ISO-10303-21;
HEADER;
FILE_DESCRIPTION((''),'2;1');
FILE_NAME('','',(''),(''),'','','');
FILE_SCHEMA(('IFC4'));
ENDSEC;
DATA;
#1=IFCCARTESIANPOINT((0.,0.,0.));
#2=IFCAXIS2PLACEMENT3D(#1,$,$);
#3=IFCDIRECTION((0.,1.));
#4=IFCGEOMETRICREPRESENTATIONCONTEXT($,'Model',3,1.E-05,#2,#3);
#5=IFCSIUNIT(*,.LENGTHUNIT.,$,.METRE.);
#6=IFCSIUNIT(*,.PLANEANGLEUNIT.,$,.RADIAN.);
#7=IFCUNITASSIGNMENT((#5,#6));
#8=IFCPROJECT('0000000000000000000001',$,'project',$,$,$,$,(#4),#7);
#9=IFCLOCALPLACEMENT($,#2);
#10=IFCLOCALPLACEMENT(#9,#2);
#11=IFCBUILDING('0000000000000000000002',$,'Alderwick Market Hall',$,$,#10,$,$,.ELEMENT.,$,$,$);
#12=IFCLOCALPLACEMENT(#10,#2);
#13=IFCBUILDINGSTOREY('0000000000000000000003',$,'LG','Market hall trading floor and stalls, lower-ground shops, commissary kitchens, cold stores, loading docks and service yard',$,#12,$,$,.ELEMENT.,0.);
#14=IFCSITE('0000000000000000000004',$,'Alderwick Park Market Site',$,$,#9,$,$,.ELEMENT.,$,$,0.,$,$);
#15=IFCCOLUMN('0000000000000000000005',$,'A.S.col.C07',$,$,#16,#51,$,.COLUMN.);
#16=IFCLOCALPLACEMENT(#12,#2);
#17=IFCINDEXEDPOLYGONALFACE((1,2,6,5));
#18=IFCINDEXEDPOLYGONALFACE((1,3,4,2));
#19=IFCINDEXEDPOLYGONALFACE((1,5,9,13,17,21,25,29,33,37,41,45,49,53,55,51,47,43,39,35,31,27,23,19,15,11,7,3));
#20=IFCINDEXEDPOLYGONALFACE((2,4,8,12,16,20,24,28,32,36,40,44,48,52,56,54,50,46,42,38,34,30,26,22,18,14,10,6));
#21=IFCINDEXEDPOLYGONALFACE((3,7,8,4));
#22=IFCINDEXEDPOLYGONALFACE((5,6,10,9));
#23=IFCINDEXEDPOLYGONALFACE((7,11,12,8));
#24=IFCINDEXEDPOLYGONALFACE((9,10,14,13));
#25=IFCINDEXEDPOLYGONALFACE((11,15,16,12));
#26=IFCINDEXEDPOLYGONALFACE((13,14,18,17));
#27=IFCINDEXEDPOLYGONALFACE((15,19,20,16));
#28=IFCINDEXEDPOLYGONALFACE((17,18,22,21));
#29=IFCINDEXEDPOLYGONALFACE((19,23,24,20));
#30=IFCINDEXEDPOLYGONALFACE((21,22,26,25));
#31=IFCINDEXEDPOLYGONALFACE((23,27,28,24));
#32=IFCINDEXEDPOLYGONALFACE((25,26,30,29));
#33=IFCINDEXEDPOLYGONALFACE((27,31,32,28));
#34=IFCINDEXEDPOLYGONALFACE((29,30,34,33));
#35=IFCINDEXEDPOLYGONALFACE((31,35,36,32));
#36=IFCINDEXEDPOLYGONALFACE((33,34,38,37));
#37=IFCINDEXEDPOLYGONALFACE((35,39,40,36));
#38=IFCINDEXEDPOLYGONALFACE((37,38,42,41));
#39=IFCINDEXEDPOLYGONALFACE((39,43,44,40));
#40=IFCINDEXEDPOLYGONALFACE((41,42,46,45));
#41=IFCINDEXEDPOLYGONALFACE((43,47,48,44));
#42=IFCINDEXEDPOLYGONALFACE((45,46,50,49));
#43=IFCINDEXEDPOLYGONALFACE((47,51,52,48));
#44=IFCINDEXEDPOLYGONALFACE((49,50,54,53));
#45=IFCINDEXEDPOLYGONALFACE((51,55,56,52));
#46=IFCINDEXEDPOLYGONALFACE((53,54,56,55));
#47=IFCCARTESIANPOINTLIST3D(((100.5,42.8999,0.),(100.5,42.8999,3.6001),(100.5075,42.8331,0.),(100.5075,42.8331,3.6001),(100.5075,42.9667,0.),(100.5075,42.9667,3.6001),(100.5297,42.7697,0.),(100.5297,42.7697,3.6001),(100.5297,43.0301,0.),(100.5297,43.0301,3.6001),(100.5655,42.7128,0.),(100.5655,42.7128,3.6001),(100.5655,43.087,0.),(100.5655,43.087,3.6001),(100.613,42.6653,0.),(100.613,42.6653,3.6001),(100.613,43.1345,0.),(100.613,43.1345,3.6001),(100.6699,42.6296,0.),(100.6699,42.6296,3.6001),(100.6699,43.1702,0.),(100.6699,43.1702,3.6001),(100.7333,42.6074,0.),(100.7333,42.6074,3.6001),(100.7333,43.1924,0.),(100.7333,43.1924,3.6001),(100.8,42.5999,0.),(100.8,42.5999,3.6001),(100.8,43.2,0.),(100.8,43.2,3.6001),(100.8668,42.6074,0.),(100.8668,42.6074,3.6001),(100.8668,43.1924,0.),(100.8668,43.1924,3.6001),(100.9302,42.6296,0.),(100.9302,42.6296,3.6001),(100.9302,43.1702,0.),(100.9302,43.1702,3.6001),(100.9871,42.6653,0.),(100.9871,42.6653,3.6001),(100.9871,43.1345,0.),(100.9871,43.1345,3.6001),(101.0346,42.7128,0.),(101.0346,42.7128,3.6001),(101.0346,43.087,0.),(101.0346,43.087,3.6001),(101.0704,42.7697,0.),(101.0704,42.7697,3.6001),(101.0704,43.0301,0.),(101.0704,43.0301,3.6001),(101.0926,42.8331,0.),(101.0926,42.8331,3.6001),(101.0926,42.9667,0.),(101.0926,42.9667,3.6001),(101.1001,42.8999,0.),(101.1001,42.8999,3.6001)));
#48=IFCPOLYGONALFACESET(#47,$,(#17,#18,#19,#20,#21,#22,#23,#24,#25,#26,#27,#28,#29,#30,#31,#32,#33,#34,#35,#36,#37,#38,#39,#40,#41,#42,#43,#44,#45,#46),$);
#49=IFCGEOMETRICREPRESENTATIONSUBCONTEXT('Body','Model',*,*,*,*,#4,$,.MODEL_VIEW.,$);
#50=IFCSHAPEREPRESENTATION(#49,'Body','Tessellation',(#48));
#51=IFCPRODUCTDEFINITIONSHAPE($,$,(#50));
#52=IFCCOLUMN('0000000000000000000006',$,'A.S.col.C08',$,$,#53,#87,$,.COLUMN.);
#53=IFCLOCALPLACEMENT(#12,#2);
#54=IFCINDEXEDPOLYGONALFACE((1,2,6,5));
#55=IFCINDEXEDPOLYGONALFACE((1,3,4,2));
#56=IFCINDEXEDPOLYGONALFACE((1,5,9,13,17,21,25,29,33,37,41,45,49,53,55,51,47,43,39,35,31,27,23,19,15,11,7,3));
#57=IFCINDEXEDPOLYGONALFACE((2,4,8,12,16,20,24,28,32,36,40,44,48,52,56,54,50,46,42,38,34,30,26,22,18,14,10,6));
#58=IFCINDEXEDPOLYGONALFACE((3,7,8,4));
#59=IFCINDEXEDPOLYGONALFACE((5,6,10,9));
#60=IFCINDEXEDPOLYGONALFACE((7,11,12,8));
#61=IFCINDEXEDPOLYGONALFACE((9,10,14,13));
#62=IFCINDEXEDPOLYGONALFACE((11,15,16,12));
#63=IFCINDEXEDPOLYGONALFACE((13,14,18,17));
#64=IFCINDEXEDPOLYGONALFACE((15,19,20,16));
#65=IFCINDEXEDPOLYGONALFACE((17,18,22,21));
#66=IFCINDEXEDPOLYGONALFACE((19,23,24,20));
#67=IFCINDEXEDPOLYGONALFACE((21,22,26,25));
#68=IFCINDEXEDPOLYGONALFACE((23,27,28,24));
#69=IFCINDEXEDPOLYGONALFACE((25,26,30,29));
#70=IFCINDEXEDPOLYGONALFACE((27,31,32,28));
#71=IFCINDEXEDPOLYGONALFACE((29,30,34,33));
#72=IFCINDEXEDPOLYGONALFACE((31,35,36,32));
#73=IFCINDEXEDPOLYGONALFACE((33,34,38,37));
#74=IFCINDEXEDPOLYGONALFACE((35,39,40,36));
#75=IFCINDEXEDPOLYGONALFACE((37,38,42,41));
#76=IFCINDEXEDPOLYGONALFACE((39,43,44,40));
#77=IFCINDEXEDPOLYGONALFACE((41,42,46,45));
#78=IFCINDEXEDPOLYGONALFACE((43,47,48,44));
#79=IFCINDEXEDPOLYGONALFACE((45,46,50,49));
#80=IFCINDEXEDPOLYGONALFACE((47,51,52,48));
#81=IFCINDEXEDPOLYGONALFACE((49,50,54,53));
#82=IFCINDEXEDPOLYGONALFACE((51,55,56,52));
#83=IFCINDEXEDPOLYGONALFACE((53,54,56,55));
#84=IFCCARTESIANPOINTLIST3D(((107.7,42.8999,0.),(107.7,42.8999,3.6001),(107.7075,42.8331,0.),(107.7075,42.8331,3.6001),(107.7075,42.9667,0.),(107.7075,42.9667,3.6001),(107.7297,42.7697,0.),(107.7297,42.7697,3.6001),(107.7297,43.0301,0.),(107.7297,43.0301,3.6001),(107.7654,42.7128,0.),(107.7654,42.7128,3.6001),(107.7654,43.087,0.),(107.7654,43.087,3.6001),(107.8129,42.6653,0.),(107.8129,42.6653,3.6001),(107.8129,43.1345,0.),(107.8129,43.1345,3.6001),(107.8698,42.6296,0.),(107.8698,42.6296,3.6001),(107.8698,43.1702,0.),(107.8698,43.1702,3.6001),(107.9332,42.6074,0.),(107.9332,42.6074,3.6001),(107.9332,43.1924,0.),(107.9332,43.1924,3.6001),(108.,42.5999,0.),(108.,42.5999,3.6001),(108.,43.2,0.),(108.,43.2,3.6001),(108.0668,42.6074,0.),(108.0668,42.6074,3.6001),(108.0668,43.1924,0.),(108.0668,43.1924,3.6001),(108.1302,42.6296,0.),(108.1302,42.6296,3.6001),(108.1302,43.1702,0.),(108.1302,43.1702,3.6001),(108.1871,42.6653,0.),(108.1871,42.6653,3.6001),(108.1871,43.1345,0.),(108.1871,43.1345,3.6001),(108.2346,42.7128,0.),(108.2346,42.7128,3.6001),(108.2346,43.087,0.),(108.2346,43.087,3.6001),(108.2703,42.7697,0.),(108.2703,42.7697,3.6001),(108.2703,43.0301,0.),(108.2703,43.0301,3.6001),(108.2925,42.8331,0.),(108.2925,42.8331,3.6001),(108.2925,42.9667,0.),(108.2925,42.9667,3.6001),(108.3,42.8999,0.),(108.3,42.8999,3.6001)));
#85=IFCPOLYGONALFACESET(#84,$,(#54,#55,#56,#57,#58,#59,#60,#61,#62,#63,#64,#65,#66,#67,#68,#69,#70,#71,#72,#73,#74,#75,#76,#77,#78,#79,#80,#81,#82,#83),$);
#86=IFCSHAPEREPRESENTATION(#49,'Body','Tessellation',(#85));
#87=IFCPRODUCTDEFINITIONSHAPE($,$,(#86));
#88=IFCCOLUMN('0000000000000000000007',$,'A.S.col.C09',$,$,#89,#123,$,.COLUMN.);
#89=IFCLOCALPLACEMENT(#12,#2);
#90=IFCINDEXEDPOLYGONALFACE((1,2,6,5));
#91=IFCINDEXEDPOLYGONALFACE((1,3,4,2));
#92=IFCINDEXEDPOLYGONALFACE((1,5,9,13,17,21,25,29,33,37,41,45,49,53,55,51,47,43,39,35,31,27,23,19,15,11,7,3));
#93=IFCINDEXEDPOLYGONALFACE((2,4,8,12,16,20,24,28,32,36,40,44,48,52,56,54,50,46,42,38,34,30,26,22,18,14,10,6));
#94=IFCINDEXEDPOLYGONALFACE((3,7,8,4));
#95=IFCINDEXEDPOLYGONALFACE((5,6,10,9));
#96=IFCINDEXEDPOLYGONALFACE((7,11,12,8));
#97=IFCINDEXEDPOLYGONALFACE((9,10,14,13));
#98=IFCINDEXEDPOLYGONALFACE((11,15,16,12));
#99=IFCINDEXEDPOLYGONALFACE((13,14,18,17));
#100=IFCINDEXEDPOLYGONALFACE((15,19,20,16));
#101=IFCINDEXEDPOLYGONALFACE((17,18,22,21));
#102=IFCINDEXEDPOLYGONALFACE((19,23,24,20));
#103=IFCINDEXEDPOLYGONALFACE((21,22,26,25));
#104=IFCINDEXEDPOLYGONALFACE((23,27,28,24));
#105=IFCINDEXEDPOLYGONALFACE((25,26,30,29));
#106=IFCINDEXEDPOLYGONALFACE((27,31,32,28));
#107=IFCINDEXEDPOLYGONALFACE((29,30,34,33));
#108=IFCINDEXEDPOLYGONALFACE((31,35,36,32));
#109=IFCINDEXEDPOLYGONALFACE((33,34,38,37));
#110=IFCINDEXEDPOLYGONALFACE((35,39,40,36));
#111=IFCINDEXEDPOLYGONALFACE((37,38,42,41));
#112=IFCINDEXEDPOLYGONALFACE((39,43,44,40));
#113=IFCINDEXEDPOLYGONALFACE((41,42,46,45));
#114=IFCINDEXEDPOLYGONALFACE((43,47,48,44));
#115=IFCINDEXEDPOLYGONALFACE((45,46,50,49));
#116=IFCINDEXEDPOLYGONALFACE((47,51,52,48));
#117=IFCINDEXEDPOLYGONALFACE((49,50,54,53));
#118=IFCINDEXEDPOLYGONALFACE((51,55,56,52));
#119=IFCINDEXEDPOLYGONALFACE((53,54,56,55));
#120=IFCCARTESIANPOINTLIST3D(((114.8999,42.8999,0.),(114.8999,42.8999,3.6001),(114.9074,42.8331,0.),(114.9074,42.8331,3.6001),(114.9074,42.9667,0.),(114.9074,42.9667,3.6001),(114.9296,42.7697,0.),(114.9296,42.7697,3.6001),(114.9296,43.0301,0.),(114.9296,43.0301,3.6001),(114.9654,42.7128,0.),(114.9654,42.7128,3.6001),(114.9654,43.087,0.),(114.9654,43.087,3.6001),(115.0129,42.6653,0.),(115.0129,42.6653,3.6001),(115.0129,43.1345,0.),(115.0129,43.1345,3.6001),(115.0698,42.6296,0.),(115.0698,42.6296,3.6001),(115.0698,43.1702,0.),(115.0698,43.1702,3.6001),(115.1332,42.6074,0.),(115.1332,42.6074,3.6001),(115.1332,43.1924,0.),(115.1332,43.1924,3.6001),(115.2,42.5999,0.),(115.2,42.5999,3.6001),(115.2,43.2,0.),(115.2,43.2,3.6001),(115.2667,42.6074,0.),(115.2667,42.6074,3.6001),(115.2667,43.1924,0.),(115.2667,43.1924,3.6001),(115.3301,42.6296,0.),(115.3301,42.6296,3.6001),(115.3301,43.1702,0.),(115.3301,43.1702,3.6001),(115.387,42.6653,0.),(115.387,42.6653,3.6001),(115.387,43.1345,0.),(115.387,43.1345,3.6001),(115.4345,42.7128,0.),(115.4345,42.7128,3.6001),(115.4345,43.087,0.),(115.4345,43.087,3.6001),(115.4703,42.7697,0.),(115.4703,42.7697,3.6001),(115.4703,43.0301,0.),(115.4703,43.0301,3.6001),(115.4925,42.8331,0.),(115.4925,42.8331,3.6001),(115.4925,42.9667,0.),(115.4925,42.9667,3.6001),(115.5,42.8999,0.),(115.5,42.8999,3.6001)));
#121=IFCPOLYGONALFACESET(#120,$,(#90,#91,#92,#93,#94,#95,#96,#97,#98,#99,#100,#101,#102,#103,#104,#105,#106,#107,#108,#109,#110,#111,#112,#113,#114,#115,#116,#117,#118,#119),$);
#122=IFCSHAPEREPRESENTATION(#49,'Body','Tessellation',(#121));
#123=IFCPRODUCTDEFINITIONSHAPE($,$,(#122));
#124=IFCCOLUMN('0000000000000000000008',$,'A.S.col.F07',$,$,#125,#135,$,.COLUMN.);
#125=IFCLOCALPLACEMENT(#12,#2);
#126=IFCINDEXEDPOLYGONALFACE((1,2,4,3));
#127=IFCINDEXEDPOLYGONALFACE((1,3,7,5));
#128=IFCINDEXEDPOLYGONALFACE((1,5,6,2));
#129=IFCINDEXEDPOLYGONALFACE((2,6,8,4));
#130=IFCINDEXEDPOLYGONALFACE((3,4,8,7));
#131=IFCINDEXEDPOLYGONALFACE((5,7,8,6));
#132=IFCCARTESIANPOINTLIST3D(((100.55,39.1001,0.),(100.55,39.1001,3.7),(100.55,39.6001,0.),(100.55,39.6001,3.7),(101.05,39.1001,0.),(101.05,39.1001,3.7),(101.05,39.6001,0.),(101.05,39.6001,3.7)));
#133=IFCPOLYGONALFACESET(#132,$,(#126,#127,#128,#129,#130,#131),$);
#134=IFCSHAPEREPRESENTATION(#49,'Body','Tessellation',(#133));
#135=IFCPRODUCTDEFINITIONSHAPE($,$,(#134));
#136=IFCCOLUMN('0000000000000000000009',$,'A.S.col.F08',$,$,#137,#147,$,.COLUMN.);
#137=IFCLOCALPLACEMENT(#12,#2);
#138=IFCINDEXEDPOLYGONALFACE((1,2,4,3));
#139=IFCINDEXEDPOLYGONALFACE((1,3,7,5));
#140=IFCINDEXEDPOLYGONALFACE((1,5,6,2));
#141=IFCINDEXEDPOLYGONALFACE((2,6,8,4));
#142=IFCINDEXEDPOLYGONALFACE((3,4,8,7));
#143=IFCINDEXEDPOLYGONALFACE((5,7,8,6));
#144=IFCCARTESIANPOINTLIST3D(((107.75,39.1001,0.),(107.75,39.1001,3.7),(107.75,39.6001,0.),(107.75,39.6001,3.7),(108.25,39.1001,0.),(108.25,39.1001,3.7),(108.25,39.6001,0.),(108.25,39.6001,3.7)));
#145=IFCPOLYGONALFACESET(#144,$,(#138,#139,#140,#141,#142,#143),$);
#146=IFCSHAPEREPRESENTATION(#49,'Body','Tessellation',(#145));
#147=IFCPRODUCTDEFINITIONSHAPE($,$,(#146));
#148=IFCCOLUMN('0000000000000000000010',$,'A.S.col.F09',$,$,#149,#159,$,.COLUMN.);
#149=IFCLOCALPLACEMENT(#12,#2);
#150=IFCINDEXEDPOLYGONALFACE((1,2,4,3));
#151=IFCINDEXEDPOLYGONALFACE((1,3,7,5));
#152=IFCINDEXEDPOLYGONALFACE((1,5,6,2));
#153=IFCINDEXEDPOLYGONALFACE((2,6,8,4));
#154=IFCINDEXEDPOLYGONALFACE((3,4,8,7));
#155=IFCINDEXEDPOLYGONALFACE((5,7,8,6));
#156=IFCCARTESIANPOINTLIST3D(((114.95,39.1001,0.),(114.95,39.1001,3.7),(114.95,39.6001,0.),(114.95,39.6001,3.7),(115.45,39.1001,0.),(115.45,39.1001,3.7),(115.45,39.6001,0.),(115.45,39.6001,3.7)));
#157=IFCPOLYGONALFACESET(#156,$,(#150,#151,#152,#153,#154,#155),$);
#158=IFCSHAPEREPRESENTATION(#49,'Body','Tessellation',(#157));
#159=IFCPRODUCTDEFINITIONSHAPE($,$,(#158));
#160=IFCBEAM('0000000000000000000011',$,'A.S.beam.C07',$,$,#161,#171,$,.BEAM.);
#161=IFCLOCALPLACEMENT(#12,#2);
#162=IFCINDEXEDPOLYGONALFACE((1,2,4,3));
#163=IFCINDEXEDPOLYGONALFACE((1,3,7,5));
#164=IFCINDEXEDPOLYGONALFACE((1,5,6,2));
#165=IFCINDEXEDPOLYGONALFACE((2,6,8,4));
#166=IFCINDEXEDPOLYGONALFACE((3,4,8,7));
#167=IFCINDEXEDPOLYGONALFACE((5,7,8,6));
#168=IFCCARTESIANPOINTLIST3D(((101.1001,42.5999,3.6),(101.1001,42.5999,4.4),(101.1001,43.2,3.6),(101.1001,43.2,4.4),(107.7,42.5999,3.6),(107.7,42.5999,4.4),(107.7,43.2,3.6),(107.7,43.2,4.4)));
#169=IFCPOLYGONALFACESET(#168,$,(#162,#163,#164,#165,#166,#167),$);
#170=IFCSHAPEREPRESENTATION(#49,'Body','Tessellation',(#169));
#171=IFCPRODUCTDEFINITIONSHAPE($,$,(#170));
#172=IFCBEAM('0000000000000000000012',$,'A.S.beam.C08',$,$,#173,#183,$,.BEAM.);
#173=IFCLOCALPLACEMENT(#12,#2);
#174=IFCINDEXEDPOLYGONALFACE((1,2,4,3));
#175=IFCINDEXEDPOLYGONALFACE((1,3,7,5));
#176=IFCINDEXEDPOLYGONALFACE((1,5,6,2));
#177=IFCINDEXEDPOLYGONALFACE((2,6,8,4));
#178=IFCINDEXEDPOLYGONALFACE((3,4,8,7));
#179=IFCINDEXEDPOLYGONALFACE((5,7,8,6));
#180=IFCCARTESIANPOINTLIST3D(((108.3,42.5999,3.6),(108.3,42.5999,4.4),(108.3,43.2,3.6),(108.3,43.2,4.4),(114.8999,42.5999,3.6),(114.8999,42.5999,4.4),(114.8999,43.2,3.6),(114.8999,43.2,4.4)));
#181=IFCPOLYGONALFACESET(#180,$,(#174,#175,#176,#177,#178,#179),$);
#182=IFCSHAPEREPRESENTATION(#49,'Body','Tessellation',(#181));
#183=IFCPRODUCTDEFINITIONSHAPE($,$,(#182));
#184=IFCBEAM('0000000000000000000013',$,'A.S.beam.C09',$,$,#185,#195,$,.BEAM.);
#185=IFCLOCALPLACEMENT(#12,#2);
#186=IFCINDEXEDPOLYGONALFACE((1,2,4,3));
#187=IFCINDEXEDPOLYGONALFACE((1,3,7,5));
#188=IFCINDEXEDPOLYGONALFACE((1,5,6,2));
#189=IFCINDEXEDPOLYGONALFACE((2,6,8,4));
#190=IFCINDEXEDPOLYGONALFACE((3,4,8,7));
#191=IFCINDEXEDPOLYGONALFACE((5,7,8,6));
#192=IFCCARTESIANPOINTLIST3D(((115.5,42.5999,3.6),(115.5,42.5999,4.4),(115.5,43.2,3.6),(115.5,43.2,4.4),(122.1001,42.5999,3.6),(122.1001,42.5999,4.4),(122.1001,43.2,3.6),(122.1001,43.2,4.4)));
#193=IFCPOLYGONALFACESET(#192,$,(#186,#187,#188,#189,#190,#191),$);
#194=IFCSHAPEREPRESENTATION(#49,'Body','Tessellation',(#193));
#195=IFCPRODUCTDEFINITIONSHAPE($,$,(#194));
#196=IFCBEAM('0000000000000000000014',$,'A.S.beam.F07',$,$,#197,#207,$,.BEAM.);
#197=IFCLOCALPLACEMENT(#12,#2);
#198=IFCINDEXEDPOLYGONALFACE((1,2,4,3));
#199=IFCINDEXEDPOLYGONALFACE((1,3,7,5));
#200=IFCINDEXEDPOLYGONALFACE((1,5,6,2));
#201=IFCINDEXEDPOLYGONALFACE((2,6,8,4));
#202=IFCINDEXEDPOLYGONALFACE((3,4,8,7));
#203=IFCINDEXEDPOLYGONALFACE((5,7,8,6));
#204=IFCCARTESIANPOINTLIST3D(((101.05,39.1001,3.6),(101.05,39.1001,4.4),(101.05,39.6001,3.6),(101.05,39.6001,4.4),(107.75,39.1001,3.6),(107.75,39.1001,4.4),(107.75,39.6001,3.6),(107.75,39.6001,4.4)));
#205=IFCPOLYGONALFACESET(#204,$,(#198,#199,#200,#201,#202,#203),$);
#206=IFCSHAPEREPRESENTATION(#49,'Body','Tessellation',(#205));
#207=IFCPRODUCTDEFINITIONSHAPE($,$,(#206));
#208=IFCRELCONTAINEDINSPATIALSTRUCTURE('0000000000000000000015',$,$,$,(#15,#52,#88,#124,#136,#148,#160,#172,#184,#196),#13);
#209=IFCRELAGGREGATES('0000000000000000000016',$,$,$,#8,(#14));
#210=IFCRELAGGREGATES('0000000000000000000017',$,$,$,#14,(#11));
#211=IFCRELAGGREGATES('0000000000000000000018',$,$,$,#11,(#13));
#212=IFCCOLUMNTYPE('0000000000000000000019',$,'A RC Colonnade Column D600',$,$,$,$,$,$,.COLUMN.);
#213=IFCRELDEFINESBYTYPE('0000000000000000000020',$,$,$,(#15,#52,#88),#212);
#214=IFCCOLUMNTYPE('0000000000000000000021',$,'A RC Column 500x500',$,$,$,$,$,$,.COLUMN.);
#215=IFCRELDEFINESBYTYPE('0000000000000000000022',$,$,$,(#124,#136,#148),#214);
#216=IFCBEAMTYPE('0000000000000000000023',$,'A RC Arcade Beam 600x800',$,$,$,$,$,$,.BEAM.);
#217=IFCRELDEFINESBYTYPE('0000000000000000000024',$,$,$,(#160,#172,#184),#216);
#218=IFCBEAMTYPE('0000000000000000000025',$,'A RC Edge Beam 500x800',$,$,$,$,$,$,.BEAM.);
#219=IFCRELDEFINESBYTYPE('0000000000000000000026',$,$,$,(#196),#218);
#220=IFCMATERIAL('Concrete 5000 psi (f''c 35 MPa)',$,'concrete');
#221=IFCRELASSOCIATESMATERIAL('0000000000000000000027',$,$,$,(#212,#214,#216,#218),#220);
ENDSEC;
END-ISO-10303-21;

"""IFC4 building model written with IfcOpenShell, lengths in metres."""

from ifc_helpers import new_model, si_unit, direction, frame, origin, origin_2d, place, context, subcontext, project, spatial, rectangle, circle, extrude, material, material_profile, profile_set, type_object, element, save


model = new_model("IFC4")

# Units and contexts
model_context = context("Model", 3, precision=1e-05, world=origin(), true_north=direction((0.0, 1.0)))
body_context = subcontext(model_context, "Body", "Model", "MODEL_VIEW")
ifc_project = project(units=[si_unit("LENGTHUNIT", "METRE"), si_unit("PLANEANGLEUNIT", "RADIAN")], contexts=[model_context])

# Site, building, storey
site_placement = place(None, origin())
site = spatial("IfcSite", under=ifc_project, at=site_placement, Name="Alderwick Park Market Site", CompositionType="ELEMENT", RefElevation=0.0)
building_placement = place(site_placement, origin())
building = spatial("IfcBuilding", under=site, at=building_placement, Name="Alderwick Market Hall", CompositionType="ELEMENT")
storey_placement = place(building_placement, origin())
storey = spatial("IfcBuildingStorey", under=building, at=storey_placement, Name="LG", Description="Market hall trading floor and stalls, lower-ground shops, commissary kitchens, cold stores, loading docks and service yard", CompositionType="ELEMENT", Elevation=0.0)

# Columns
ifc_material_1 = material(Name="Concrete 5000 psi (f'c 35 MPa)", Category="concrete")
ifc_material_profile_1 = material_profile(ifc_material_1, circle(Radius=0.3, at=origin_2d()), Name="A RC Colonnade Column D600")
ifc_profile_set_1 = profile_set([ifc_material_profile_1], Name="Concrete 5000 psi (f'c 35 MPa)")
column_type_1 = type_object("IfcColumnType", Name="A RC Colonnade Column D600", PredefinedType="COLUMN", material=ifc_profile_set_1)
for number, where, z_axis, x_axis, name in (
    (1, (100.8, 42.8999, 0.0), (0.0, 0.0, 1.0), (1.0, 0.0, 0.0), "A.S.col.C07"),
    (2, (108.0, 42.8999, 0.0), (0.0, 0.0, 1.0), (1.0, 0.0, 0.0), "A.S.col.C08"),
    (3, (115.2, 42.8999, 0.0), (0.0, 0.0, 1.0), (1.0, 0.0, 0.0), "A.S.col.C09"),
):
    element("IfcColumn", number, at=place(storey_placement, frame(where, z_axis=z_axis, x_axis=x_axis)), inside=storey, type_object=column_type_1, Name=name, PredefinedType="COLUMN", context=body_context, shape_type="SweptSolid", body=[
        extrude(circle(Radius=0.3, at=origin_2d()), origin(), (0.0, 0.0, 1.0), 3.6001),
    ])
ifc_material_profile_2 = material_profile(ifc_material_1, rectangle(XDim=0.5, YDim=0.5, at=origin_2d()), Name="A RC Column 500x500")
ifc_profile_set_2 = profile_set([ifc_material_profile_2], Name="Concrete 5000 psi (f'c 35 MPa)")
column_type_2 = type_object("IfcColumnType", Name="A RC Column 500x500", PredefinedType="COLUMN", material=ifc_profile_set_2)
for number, where, z_axis, x_axis, name in (
    (4, (100.8, 39.3501, 0.0), (0.0, 0.0, 1.0), (1.0, 0.0, 0.0), "A.S.col.F07"),
    (5, (108.0, 39.3501, 0.0), (0.0, 0.0, 1.0), (1.0, 0.0, 0.0), "A.S.col.F08"),
    (6, (115.2, 39.3501, 0.0), (0.0, 0.0, 1.0), (1.0, 0.0, 0.0), "A.S.col.F09"),
):
    element("IfcColumn", number, at=place(storey_placement, frame(where, z_axis=z_axis, x_axis=x_axis)), inside=storey, type_object=column_type_2, Name=name, PredefinedType="COLUMN", context=body_context, shape_type="SweptSolid", body=[
        extrude(rectangle(XDim=0.5, YDim=0.5, at=origin_2d()), origin(), (0.0, 0.0, 1.0), 3.7),
    ])

# Beams
ifc_material_profile_3 = material_profile(ifc_material_1, rectangle(XDim=0.6001, YDim=0.8, at=origin_2d()), Name="A RC Arcade Beam 600x800")
ifc_profile_set_3 = profile_set([ifc_material_profile_3], Name="Concrete 5000 psi (f'c 35 MPa)")
beam_type_1 = type_object("IfcBeamType", Name="A RC Arcade Beam 600x800", PredefinedType="BEAM", material=ifc_profile_set_3)
for number, where, z_axis, x_axis, name in (
    (7, (101.1001, 42.8999, 4.0), (1.0, 0.0, 0.0), (0.0, 1.0, 0.0), "A.S.beam.C07"),
    (8, (108.3, 42.8999, 4.0), (1.0, 0.0, 0.0), (0.0, 1.0, 0.0), "A.S.beam.C08"),
):
    element("IfcBeam", number, at=place(storey_placement, frame(where, z_axis=z_axis, x_axis=x_axis)), inside=storey, type_object=beam_type_1, Name=name, PredefinedType="BEAM", context=body_context, shape_type="SweptSolid", body=[
        extrude(rectangle(XDim=0.6001, YDim=0.8, at=origin_2d()), origin(), (0.0, 0.0, 1.0), 6.5999),
    ])
beam_placement = place(storey_placement, frame((115.5, 42.8999, 4.0), z_axis=(1.0, 0.0, 0.0), x_axis=(0.0, 1.0, 0.0)))
element("IfcBeam", 9, at=beam_placement, inside=storey, type_object=beam_type_1, Name="A.S.beam.C09", PredefinedType="BEAM", context=body_context, shape_type="SweptSolid", body=[
    extrude(rectangle(XDim=0.6001, YDim=0.8, at=origin_2d()), origin(), (0.0, 0.0, 1.0), 6.6001),
])
ifc_material_profile_4 = material_profile(ifc_material_1, rectangle(XDim=0.5, YDim=0.8, at=origin_2d()), Name="A RC Edge Beam 500x800")
ifc_profile_set_4 = profile_set([ifc_material_profile_4], Name="Concrete 5000 psi (f'c 35 MPa)")
beam_type_2 = type_object("IfcBeamType", Name="A RC Edge Beam 500x800", PredefinedType="BEAM", material=ifc_profile_set_4)
for number, where, z_axis, x_axis, name in (
    (10, (101.05, 39.3501, 4.0), (1.0, 0.0, 0.0), (0.0, 1.0, 0.0), "A.S.beam.F07"),
):
    element("IfcBeam", number, at=place(storey_placement, frame(where, z_axis=z_axis, x_axis=x_axis)), inside=storey, type_object=beam_type_2, Name=name, PredefinedType="BEAM", context=body_context, shape_type="SweptSolid", body=[
        extrude(rectangle(XDim=0.5, YDim=0.8, at=origin_2d()), origin(), (0.0, 0.0, 1.0), 6.7),
    ])

save(model, "model.ifc")
